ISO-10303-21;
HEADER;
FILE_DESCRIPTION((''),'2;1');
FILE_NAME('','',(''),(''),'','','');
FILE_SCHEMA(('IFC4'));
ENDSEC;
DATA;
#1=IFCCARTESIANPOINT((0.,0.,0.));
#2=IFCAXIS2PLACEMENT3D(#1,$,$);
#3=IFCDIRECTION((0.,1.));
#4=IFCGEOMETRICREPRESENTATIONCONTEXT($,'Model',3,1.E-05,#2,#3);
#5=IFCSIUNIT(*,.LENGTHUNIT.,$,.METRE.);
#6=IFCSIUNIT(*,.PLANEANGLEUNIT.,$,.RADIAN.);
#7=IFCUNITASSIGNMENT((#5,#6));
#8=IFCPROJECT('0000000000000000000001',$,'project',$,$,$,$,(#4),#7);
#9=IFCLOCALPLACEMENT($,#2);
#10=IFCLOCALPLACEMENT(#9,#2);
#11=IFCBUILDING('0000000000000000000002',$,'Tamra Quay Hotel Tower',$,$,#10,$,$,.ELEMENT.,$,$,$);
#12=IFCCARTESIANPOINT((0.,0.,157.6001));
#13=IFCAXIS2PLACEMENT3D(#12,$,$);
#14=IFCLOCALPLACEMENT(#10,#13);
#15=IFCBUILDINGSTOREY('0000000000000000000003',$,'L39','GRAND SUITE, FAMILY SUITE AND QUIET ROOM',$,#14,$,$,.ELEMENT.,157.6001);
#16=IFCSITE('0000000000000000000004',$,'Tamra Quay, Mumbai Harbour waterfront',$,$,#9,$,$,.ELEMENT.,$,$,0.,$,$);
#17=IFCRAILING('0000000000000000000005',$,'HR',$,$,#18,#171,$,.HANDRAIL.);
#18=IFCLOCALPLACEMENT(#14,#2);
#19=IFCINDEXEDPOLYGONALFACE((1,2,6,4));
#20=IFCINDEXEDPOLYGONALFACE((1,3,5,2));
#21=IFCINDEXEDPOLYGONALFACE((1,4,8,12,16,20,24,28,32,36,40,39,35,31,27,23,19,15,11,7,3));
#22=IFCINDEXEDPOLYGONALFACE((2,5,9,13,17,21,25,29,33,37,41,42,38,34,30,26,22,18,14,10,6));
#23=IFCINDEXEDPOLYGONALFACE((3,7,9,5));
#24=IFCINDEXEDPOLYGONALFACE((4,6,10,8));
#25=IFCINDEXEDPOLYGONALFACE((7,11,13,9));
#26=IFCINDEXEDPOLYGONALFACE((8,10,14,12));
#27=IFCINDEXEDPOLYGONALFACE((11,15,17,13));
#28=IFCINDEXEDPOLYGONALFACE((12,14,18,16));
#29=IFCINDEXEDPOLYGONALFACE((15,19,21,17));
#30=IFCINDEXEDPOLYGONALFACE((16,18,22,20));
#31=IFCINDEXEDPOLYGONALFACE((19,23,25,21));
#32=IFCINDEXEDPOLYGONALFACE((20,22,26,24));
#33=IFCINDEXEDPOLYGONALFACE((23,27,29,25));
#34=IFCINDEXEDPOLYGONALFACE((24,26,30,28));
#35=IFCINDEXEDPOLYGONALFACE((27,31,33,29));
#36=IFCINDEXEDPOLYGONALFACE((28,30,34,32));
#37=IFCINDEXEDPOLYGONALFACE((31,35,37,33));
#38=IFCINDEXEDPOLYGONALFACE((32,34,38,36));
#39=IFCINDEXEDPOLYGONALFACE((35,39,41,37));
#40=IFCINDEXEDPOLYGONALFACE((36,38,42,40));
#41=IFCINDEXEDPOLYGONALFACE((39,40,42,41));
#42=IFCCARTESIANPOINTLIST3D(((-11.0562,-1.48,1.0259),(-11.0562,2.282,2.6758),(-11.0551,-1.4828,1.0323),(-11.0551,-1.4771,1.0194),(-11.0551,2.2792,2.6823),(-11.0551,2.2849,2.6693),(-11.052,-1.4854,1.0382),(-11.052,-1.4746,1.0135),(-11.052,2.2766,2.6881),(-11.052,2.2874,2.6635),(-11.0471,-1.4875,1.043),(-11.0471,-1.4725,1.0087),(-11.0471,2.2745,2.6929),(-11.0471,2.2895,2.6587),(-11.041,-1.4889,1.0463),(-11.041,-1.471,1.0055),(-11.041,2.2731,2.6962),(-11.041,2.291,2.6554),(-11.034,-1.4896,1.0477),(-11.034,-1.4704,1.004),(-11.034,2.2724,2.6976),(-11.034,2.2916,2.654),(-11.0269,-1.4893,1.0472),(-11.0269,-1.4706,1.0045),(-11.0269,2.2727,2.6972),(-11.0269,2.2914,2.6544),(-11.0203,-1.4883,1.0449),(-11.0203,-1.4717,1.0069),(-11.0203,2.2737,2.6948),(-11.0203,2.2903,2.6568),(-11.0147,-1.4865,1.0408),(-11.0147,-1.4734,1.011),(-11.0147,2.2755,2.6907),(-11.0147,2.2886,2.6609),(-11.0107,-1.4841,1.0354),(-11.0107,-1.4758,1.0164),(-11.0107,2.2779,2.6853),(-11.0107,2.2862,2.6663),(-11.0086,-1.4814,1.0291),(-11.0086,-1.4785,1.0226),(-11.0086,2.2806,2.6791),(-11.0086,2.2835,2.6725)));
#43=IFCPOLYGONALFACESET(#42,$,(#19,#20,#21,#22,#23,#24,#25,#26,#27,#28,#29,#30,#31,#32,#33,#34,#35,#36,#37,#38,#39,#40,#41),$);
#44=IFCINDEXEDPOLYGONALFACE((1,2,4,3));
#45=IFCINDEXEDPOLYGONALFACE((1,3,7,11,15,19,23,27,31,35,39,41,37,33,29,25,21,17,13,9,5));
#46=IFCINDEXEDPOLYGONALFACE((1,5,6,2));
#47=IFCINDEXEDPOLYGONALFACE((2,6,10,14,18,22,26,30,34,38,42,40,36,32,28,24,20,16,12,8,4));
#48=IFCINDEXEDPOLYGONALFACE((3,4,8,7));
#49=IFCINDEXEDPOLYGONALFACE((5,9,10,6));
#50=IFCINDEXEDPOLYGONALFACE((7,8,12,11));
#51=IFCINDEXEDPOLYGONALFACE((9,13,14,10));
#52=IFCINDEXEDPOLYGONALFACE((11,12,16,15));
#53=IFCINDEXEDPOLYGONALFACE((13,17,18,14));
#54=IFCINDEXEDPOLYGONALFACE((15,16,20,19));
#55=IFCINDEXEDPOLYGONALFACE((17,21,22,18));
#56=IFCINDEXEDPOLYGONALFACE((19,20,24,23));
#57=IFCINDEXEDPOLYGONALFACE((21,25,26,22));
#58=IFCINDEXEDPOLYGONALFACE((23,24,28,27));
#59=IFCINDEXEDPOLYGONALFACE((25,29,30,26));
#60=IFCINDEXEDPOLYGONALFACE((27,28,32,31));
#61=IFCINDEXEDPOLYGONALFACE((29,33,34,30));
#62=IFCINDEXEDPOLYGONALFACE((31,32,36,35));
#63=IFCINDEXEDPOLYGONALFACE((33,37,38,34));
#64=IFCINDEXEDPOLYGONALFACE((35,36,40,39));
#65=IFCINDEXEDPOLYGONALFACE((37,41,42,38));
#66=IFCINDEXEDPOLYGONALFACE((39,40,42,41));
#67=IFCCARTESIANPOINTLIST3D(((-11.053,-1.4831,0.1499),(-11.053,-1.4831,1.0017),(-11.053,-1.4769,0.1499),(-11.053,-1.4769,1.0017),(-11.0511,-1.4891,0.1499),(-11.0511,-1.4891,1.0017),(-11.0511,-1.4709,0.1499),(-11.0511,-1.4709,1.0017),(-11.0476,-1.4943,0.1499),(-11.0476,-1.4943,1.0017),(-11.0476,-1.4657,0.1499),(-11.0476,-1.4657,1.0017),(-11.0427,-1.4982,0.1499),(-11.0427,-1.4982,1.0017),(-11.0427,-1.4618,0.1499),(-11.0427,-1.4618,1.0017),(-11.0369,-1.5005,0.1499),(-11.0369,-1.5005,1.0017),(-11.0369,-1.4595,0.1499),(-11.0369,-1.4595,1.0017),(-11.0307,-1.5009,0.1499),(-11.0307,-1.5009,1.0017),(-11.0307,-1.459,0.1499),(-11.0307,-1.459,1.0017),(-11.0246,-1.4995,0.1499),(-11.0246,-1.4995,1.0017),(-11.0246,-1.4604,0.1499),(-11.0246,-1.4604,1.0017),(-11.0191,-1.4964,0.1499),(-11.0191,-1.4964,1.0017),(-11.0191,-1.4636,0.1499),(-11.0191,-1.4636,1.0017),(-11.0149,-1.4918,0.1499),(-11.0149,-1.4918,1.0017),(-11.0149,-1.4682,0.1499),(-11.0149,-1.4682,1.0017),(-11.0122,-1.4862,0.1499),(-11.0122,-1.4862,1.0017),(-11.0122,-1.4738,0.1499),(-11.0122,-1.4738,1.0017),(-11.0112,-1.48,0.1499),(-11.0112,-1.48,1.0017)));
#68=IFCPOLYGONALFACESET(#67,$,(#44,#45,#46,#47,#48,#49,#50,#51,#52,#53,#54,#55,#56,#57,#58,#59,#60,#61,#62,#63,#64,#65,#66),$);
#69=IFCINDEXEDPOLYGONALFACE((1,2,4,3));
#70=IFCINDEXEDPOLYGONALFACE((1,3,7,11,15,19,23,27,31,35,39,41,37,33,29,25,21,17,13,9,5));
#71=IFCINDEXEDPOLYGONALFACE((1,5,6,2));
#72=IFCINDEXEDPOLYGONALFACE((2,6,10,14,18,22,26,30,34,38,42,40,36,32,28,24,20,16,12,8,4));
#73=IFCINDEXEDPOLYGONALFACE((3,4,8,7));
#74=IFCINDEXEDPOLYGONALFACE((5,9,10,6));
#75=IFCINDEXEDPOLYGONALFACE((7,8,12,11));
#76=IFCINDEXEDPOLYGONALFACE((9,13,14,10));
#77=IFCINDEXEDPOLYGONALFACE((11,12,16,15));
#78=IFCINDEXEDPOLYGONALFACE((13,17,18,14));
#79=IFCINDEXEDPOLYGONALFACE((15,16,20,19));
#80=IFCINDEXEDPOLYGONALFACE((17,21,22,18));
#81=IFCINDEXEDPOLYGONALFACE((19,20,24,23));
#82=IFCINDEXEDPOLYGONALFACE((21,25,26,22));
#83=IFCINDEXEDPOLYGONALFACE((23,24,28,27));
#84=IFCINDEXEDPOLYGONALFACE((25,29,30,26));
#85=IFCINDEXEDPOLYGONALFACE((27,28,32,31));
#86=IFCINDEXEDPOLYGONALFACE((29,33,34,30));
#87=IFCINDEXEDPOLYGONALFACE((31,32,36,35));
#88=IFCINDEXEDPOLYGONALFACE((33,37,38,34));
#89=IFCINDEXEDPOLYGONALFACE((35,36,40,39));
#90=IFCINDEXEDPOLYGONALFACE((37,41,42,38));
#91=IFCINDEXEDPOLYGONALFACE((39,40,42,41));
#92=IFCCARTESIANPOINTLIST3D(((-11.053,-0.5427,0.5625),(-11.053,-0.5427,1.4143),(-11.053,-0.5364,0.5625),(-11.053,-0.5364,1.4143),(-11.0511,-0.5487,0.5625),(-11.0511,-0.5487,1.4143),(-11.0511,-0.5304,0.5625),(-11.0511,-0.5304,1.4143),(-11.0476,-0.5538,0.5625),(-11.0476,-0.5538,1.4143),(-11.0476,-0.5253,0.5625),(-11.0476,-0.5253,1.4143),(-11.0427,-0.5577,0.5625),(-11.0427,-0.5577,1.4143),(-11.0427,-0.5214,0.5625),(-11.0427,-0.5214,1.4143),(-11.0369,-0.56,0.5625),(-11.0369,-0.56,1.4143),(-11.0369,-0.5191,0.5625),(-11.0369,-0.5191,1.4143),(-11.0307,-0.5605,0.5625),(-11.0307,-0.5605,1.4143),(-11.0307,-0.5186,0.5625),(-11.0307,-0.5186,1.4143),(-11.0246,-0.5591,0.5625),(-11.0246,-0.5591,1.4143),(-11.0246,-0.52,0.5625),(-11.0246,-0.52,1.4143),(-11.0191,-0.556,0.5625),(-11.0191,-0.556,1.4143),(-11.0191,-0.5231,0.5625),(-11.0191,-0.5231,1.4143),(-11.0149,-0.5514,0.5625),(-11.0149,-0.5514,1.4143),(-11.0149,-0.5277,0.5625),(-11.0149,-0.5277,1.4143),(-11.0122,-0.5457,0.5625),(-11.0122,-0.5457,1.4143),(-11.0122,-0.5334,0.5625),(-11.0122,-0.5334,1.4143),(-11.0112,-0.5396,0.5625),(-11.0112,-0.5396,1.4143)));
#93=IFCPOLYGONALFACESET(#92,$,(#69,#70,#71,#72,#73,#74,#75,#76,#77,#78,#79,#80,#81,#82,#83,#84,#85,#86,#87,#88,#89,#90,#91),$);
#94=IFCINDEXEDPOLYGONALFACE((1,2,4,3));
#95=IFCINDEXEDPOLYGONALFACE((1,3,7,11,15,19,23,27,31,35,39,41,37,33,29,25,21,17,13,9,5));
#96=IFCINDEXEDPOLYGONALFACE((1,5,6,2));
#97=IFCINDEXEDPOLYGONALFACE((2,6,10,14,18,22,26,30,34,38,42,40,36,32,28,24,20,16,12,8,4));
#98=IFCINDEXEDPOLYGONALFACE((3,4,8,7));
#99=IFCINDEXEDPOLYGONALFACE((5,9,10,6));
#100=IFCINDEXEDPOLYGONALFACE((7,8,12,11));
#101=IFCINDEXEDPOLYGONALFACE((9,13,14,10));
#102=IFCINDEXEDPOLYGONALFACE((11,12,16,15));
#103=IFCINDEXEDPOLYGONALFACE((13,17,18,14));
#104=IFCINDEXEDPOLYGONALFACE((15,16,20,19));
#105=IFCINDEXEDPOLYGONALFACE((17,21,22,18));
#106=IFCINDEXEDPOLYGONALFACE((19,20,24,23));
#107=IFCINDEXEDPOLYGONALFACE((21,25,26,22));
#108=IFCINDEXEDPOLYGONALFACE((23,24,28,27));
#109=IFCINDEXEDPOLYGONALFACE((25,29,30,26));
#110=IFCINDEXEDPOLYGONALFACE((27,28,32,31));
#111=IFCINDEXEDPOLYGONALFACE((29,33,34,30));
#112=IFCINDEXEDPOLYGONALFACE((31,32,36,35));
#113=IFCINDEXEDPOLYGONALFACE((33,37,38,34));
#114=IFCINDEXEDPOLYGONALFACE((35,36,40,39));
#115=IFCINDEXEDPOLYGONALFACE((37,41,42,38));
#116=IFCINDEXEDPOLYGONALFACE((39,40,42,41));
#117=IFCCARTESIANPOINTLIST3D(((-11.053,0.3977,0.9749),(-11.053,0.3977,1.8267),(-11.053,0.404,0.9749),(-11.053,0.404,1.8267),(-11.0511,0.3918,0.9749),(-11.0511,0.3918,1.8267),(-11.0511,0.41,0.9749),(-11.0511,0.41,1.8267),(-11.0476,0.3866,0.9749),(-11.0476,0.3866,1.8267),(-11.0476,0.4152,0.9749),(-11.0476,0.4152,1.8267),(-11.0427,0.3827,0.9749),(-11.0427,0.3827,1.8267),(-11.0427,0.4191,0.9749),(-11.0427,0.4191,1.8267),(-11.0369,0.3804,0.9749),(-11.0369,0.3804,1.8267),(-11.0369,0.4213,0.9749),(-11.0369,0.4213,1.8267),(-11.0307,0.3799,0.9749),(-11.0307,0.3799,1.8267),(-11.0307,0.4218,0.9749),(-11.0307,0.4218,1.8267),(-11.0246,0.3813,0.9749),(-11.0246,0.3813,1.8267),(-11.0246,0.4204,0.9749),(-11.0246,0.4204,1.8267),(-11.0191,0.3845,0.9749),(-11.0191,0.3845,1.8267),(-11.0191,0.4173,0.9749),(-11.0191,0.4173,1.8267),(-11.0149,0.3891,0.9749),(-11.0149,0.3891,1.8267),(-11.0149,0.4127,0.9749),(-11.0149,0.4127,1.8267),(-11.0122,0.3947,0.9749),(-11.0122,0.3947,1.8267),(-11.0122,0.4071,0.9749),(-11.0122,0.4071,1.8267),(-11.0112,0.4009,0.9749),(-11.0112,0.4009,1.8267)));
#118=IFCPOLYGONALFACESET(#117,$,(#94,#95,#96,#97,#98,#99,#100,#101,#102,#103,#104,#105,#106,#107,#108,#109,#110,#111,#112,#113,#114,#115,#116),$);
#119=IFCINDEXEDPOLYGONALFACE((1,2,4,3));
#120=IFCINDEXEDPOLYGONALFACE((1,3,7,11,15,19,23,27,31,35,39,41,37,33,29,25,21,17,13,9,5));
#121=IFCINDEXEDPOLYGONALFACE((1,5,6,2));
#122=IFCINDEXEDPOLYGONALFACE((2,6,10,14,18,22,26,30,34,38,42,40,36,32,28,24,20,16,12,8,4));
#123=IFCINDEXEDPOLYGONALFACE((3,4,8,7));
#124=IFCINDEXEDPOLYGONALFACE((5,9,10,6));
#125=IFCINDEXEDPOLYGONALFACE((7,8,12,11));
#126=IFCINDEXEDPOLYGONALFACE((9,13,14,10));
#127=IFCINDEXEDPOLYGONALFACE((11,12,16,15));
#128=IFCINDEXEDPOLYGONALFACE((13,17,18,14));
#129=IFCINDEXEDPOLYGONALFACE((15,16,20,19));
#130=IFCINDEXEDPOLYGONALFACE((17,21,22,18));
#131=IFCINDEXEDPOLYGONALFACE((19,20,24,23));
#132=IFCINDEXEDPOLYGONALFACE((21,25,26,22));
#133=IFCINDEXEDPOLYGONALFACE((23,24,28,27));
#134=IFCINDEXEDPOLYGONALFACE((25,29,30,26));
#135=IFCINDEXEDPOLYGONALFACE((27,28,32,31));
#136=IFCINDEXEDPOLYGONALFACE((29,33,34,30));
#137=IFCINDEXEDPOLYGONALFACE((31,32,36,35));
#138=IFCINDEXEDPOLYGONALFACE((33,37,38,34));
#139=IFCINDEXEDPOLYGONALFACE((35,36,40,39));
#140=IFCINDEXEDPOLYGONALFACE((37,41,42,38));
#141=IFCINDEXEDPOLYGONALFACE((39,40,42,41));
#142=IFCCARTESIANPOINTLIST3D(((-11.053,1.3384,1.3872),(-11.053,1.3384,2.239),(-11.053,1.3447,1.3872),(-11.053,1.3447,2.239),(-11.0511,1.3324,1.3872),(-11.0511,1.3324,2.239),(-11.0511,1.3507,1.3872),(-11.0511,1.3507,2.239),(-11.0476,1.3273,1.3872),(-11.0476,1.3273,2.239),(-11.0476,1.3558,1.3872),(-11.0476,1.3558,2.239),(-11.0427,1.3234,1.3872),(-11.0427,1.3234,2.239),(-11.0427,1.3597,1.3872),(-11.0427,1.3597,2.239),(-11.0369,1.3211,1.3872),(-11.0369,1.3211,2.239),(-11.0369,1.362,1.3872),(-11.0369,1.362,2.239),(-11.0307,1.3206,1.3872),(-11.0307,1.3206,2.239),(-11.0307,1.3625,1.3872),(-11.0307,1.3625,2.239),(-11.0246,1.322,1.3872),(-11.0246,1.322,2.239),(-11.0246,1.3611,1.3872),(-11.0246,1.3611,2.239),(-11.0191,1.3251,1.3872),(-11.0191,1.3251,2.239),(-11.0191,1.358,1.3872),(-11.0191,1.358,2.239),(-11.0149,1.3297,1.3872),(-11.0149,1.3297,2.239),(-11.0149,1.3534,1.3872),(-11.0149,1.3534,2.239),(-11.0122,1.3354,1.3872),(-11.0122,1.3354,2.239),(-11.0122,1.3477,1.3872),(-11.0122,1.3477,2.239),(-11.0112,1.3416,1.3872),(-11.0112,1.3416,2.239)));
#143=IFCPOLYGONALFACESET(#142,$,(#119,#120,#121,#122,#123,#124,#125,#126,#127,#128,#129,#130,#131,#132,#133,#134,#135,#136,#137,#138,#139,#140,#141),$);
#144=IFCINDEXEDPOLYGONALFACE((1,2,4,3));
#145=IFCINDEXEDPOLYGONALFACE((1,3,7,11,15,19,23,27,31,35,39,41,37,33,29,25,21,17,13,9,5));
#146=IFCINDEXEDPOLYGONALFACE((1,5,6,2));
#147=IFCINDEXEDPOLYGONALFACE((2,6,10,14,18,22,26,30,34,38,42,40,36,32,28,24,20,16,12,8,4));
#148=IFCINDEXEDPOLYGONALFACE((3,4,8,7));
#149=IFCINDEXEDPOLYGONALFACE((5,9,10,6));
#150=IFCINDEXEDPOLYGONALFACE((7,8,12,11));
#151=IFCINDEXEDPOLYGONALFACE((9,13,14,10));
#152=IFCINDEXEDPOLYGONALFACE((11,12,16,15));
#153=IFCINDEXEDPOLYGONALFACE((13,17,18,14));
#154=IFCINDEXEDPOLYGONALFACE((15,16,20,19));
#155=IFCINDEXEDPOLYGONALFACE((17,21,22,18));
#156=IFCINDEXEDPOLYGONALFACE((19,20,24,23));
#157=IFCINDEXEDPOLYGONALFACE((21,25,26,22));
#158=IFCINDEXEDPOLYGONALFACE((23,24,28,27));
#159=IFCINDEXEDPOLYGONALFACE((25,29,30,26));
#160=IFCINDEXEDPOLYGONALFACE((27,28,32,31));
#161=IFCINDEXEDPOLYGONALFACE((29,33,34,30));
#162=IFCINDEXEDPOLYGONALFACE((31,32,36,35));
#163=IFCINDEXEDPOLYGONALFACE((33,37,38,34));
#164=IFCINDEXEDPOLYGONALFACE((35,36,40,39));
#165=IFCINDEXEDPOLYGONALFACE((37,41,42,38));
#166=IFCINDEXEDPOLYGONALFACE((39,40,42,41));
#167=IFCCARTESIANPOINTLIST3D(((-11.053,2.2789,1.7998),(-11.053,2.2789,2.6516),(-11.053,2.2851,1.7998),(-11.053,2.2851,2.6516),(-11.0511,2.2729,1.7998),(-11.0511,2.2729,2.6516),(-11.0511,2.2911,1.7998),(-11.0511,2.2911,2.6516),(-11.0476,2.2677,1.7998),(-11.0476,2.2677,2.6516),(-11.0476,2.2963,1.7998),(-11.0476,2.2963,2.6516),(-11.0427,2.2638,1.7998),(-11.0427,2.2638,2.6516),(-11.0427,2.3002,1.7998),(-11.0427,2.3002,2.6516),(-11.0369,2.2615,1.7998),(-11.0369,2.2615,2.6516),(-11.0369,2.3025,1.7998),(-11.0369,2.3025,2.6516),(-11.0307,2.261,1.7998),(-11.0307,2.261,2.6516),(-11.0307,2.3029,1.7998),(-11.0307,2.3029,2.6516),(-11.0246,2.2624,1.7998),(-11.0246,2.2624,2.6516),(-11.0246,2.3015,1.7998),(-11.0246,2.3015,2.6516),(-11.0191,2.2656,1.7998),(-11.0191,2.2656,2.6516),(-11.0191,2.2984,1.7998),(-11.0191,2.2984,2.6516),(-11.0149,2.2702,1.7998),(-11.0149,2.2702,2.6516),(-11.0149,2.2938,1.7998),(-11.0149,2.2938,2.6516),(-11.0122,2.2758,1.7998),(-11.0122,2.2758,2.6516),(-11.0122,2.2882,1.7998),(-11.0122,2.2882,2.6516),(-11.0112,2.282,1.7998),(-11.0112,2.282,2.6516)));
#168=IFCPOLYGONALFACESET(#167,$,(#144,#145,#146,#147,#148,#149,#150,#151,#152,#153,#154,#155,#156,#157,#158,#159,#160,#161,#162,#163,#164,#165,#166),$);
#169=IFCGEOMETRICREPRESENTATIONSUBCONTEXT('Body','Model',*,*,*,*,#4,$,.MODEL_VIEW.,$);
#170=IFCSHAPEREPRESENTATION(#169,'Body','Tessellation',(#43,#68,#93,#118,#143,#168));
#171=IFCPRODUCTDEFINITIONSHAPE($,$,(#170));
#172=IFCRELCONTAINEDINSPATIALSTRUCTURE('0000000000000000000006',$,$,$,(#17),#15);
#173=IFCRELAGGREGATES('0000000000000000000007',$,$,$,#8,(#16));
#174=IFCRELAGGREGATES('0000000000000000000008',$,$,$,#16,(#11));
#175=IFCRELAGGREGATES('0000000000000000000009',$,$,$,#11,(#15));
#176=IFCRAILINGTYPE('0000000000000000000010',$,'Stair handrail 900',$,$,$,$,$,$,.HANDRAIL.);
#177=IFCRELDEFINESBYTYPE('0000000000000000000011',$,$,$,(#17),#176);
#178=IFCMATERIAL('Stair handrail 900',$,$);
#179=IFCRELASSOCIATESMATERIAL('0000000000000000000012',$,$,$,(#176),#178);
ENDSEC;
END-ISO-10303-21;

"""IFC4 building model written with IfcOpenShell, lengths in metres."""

from ifc_helpers import new_model, si_unit, direction, frame, origin, origin_2d, place, context, subcontext, project, spatial, circle, extrude, material, type_object, element, save


model = new_model("IFC4")

# Units and contexts
model_context = context("Model", 3, precision=1e-05, world=origin(), true_north=direction((0.0, 1.0)))
body_context = subcontext(model_context, "Body", "Model", "MODEL_VIEW")
ifc_project = project(units=[si_unit("LENGTHUNIT", "METRE"), si_unit("PLANEANGLEUNIT", "RADIAN")], contexts=[model_context])

# Site, building, storey
site_placement = place(None, origin())
site = spatial("IfcSite", under=ifc_project, at=site_placement, Name="Tamra Quay, Mumbai Harbour waterfront", CompositionType="ELEMENT", RefElevation=0.0)
building_placement = place(site_placement, origin())
building = spatial("IfcBuilding", under=site, at=building_placement, Name="Tamra Quay Hotel Tower", CompositionType="ELEMENT")
storey_placement = place(building_placement, frame((0.0, 0.0, 157.6001)))
storey = spatial("IfcBuildingStorey", under=building, at=storey_placement, Name="L39", Description="GRAND SUITE, FAMILY SUITE AND QUIET ROOM", CompositionType="ELEMENT", Elevation=157.6001)

# Railing
ifc_material_1 = material(Name="Stair handrail 900")
railing_type_1 = type_object("IfcRailingType", Name="Stair handrail 900", PredefinedType="HANDRAIL", material=ifc_material_1)
railing_1_placement = place(storey_placement, frame((-11.0322, -1.48, 0.1499)))
element("IfcRailing", 1, at=railing_1_placement, inside=storey, type_object=railing_type_1, Name="HR", PredefinedType="HANDRAIL", context=body_context, shape_type="SweptSolid", body=[
    extrude(circle(Radius=0.0239, at=origin_2d()), frame((0.0, 0.0, 0.876), z_axis=(0.0, 0.915795, 0.401645), x_axis=(-1.0, 0.0, 0.0)), (0.0, 0.0, 1.0), 4.1079),
    extrude(circle(Radius=0.021, at=origin_2d()), origin(), (0.0, 0.0, 1.0), 0.8518),
    extrude(circle(Radius=0.021, at=origin_2d()), frame((0.0, 0.9404, 0.4126)), (0.0, 0.0, 1.0), 0.8518),
    extrude(circle(Radius=0.021, at=origin_2d()), frame((0.0, 1.8809, 0.825)), (0.0, 0.0, 1.0), 0.8518),
    extrude(circle(Radius=0.021, at=origin_2d()), frame((0.0, 2.8215, 1.2373)), (0.0, 0.0, 1.0), 0.8518),
    extrude(circle(Radius=0.021, at=origin_2d()), frame((0.0, 3.762, 1.6499)), (0.0, 0.0, 1.0), 0.8518),
])

save(model, "model.ifc")
